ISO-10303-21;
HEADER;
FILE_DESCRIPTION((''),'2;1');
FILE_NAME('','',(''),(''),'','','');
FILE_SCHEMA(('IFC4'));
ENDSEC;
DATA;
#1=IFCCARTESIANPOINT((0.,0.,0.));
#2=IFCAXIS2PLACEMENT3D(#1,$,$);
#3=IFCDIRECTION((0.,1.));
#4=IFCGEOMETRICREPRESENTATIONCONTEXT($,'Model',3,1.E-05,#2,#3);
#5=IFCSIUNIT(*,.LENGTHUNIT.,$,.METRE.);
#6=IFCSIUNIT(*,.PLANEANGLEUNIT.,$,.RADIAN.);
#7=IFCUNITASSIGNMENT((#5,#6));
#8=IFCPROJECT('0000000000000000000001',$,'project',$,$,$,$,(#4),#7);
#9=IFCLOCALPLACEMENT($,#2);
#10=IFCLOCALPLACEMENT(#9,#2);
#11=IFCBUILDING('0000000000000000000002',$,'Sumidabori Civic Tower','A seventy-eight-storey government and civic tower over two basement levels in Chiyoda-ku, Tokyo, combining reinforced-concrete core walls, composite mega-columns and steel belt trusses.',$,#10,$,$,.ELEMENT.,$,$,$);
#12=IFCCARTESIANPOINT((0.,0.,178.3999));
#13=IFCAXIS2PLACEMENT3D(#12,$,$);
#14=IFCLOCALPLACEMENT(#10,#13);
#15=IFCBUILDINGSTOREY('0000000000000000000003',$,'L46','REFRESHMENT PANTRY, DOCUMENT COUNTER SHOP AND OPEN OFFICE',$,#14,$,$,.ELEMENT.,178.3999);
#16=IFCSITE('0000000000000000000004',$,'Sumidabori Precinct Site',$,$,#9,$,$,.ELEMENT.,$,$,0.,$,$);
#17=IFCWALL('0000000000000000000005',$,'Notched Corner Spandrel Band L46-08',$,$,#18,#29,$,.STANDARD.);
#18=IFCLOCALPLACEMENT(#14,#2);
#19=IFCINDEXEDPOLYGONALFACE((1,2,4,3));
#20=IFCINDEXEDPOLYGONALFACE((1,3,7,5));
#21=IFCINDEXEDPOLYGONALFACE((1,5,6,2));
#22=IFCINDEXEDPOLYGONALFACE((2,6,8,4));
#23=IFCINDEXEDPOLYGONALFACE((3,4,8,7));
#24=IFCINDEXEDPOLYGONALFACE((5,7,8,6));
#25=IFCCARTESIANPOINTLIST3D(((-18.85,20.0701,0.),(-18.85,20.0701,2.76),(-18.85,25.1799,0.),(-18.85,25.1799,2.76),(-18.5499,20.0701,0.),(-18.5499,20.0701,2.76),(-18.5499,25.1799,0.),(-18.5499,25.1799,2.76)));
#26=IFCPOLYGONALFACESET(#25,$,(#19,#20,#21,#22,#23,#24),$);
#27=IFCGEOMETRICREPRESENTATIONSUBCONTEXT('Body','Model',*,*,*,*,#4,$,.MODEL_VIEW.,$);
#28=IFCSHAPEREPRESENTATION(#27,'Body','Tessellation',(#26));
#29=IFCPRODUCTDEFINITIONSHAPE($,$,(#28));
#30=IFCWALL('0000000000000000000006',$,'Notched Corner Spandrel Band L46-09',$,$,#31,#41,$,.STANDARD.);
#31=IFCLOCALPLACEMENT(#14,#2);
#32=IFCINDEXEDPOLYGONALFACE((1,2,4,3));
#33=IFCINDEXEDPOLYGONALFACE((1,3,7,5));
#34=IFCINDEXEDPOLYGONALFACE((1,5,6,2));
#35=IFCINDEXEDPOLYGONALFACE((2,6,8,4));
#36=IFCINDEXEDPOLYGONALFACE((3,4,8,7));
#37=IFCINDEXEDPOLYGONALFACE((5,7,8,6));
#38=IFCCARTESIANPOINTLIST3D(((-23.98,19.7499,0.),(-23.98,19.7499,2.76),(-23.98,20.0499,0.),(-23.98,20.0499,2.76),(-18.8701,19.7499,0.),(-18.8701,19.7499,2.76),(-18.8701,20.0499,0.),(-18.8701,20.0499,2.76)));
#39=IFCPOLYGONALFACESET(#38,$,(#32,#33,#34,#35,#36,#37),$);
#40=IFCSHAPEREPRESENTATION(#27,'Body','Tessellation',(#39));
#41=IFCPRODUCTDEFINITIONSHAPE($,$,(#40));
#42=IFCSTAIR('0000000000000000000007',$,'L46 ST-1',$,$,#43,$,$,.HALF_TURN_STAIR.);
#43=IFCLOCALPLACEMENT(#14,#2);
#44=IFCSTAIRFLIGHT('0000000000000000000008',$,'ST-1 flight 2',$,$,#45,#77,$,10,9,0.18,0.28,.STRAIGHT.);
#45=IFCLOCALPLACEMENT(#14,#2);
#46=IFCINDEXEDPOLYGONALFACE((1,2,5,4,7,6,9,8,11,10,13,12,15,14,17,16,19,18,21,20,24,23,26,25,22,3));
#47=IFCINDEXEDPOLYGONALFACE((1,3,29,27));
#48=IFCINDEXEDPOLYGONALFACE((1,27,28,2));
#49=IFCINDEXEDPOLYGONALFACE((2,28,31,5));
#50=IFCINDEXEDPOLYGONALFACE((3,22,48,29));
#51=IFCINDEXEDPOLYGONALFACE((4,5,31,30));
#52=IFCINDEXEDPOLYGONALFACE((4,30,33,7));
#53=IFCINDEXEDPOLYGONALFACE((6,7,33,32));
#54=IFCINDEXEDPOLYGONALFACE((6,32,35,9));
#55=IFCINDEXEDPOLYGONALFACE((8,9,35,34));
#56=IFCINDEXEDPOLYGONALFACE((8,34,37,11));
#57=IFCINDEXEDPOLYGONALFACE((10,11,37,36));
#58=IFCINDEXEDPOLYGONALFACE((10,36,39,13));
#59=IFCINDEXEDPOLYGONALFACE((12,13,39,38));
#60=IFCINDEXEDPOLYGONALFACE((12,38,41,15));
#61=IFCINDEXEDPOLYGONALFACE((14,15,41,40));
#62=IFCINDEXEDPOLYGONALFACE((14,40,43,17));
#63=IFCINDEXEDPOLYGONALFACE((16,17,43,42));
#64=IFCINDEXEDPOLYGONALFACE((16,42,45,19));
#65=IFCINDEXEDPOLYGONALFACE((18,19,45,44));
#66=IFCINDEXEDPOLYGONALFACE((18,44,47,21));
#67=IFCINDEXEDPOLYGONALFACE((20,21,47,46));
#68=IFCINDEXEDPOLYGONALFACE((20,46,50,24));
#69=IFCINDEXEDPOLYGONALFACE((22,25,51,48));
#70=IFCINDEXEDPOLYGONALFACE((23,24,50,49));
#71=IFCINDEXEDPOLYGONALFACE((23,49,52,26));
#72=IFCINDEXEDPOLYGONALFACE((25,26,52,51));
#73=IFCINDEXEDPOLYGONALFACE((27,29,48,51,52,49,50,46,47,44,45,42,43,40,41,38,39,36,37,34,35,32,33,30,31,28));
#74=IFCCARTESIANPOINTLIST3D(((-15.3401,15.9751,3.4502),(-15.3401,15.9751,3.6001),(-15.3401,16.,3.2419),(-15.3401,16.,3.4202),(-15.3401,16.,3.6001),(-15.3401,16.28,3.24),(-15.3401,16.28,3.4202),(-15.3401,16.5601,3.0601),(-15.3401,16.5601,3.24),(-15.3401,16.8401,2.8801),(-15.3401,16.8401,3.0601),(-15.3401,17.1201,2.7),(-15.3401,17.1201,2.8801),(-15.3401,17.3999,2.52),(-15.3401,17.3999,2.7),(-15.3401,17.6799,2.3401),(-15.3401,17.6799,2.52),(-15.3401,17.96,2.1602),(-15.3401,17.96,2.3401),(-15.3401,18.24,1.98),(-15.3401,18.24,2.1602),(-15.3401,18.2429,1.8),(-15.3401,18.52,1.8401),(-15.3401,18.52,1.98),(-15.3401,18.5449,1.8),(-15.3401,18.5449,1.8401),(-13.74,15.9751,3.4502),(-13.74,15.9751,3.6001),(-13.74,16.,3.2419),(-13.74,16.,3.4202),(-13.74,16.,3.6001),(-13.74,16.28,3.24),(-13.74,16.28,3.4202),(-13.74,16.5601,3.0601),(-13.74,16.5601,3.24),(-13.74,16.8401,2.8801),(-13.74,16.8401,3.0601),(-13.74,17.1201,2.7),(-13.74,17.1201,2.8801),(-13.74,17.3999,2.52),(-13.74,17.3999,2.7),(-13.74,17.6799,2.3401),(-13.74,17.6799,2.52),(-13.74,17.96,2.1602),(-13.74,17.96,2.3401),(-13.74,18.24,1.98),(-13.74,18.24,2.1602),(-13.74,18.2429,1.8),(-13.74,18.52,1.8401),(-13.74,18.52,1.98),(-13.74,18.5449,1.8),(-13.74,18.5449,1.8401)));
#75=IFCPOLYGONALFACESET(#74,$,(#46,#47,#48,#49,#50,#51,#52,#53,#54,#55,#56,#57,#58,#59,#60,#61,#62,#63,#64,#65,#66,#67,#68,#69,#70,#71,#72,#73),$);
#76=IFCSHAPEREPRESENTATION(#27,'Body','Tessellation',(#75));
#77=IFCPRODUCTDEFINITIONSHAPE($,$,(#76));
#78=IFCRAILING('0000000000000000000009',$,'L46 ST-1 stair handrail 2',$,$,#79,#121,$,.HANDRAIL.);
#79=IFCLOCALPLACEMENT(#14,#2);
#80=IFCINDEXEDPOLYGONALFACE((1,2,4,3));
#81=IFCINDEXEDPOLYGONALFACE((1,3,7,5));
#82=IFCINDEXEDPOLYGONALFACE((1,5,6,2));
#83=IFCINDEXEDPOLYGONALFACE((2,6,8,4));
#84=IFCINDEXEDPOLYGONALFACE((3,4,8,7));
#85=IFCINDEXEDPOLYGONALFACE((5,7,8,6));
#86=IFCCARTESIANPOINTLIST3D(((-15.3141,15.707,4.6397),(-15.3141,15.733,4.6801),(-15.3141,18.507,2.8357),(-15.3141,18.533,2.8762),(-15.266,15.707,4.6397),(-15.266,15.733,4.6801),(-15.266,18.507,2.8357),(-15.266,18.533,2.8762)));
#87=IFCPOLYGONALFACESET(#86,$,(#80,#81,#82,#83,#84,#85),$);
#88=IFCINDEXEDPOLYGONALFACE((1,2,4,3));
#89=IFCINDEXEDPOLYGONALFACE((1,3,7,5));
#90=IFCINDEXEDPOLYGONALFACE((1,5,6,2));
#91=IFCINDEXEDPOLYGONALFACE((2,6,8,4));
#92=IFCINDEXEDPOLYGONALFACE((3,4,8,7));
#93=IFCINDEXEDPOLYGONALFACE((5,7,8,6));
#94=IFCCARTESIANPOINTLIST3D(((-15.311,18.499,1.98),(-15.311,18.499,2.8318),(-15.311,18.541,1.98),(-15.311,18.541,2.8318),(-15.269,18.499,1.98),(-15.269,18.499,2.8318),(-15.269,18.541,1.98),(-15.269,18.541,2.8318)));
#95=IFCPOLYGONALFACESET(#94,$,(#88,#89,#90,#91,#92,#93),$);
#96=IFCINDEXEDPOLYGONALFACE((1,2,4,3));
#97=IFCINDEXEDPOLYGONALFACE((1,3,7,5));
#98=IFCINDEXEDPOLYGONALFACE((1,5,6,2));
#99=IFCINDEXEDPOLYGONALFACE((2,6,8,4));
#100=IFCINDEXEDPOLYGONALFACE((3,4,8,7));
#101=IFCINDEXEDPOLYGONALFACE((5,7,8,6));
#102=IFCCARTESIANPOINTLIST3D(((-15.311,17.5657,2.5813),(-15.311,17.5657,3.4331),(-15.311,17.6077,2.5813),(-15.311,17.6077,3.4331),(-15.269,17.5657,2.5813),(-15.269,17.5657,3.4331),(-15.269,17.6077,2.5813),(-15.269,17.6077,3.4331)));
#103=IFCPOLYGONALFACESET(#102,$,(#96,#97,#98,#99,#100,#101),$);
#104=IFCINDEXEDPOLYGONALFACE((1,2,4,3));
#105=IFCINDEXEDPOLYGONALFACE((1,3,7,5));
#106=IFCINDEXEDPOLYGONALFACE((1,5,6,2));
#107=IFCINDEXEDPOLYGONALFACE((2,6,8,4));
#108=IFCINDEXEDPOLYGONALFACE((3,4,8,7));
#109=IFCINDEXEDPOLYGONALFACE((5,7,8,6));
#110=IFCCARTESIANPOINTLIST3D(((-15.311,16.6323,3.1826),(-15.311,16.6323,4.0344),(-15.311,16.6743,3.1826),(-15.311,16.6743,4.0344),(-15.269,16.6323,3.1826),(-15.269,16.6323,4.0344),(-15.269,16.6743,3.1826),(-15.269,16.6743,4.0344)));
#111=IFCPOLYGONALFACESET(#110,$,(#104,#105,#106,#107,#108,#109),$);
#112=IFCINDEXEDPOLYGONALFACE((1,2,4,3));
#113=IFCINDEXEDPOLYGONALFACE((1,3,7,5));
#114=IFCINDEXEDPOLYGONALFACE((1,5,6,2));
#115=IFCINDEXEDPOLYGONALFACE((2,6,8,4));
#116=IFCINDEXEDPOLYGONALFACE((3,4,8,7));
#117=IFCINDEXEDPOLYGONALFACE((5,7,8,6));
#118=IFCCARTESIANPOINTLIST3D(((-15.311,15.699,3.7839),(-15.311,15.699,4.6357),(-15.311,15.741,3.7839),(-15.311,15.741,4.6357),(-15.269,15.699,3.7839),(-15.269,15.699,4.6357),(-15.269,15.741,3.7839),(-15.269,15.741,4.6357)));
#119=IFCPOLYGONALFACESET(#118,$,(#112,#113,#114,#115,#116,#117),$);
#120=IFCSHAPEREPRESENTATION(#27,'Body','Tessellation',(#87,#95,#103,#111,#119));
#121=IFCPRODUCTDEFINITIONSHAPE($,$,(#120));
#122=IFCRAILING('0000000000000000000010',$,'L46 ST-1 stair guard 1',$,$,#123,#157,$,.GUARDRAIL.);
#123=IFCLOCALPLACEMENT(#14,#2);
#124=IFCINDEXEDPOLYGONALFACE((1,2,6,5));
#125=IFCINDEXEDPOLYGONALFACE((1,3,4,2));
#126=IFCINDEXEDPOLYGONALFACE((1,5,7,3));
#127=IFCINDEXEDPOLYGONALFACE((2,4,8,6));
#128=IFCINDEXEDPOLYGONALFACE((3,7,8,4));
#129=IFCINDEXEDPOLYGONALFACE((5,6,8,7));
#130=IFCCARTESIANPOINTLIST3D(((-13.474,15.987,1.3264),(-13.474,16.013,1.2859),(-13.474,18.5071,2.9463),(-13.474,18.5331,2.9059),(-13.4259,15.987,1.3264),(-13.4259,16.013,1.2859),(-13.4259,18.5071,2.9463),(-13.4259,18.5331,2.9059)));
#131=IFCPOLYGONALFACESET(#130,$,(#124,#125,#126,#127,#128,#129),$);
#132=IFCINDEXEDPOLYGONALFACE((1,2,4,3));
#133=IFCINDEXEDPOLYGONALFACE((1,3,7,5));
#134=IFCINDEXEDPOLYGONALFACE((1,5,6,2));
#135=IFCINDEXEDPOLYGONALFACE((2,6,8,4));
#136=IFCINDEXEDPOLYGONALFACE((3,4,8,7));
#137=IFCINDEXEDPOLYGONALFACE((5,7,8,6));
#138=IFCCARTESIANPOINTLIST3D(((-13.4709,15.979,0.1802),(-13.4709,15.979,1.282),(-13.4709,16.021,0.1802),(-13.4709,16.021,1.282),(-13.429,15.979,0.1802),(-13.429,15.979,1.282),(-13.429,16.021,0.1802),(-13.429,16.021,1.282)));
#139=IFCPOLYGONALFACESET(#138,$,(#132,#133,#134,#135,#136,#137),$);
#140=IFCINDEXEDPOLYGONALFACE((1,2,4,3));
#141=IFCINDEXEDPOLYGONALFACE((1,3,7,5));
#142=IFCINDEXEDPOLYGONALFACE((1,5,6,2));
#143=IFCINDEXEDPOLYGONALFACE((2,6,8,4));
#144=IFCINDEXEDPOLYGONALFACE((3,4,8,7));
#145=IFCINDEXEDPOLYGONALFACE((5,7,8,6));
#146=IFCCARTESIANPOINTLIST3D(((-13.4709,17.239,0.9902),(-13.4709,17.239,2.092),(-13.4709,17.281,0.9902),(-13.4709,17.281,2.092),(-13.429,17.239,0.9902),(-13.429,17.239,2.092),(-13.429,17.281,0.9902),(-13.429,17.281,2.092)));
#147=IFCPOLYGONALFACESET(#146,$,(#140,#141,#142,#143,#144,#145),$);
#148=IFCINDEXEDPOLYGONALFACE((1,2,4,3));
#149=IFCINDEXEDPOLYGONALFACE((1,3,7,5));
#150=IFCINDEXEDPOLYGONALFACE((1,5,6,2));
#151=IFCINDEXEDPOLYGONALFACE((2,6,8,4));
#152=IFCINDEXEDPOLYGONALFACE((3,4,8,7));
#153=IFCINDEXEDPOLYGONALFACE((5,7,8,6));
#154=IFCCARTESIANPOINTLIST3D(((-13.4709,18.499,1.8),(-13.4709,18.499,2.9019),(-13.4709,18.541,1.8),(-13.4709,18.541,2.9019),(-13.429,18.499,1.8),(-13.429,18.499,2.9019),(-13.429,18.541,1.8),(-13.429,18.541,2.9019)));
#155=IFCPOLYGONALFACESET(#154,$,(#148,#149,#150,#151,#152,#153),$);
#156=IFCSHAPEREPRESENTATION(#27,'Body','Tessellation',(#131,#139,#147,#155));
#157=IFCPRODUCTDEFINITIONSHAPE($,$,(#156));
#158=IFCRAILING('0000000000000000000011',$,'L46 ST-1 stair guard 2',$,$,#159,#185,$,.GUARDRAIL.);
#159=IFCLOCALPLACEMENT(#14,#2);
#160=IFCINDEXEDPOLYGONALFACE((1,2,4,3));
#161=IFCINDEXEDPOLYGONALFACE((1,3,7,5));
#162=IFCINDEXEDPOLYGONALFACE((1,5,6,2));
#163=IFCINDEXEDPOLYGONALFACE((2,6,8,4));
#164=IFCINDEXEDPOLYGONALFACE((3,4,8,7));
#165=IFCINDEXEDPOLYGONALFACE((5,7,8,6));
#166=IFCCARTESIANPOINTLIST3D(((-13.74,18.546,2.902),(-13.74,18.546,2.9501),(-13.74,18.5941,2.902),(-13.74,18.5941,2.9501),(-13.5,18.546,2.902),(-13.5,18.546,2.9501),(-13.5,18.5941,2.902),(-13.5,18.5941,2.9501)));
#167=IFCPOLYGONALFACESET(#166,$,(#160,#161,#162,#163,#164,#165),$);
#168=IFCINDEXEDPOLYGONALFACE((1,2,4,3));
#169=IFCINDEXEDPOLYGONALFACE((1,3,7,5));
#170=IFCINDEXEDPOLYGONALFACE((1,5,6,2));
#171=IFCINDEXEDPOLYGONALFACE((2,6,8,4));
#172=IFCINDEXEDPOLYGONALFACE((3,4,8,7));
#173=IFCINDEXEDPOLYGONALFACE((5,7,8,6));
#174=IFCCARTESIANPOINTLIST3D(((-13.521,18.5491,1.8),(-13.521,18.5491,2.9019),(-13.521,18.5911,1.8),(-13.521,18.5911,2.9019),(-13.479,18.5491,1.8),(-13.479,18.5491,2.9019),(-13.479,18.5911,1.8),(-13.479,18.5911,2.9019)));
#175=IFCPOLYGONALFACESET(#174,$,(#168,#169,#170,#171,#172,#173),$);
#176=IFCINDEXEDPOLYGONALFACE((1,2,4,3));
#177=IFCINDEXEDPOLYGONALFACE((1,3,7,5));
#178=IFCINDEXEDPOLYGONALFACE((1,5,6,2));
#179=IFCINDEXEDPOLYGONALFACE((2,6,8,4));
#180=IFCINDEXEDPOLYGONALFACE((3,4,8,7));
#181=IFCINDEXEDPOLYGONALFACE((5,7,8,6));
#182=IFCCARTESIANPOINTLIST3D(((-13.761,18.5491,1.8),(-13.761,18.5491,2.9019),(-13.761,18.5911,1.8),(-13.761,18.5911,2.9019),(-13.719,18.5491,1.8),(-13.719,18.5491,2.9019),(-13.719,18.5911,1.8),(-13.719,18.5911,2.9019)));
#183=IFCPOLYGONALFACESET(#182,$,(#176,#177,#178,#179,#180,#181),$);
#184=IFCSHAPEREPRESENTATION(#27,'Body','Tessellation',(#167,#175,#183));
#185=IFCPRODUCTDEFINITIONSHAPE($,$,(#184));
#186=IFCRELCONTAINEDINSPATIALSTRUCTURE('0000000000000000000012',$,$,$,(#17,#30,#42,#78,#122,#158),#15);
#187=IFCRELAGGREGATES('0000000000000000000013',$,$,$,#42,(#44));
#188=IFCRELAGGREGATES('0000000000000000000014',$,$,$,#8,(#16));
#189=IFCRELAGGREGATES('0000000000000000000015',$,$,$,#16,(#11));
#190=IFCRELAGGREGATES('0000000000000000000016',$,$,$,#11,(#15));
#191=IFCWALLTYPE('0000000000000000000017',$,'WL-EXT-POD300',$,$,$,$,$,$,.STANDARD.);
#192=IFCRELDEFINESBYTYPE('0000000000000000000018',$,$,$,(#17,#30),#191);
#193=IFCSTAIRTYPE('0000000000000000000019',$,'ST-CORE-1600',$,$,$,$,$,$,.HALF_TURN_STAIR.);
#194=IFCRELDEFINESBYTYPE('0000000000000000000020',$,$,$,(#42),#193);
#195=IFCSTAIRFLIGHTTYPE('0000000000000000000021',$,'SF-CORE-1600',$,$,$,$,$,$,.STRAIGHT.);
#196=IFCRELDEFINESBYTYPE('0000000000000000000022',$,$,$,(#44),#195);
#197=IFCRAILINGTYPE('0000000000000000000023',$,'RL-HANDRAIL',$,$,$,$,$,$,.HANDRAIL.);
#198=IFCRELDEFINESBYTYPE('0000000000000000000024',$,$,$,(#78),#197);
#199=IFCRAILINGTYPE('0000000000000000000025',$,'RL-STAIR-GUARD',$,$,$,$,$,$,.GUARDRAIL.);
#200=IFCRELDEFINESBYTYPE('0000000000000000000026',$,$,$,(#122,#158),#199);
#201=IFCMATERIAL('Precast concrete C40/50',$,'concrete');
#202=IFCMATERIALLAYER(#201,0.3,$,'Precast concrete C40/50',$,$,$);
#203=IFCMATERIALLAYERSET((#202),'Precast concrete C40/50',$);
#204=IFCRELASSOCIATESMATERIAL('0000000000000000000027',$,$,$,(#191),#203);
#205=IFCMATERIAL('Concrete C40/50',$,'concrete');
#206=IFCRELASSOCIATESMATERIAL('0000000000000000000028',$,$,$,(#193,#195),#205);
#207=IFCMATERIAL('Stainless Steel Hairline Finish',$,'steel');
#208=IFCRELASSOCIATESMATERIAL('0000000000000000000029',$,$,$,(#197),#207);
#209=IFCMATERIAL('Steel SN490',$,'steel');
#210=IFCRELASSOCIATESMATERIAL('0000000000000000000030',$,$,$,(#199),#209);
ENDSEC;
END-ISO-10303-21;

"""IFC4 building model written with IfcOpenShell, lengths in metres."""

from ifc_helpers import new_model, si_unit, direction, frame, frame_2d, origin, origin_2d, place, context, subcontext, project, spatial, polyline, rectangle, outline, extrude, source, transform, mapped, material, layer, layer_set, type_object, element, aggregate, save


model = new_model("IFC4")

# Units and contexts
model_context = context("Model", 3, precision=1e-05, world=origin(), true_north=direction((0.0, 1.0)))
body_context = subcontext(model_context, "Body", "Model", "MODEL_VIEW")
ifc_project = project(units=[si_unit("LENGTHUNIT", "METRE"), si_unit("PLANEANGLEUNIT", "RADIAN")], contexts=[model_context])

# Site, building, storey
site_placement = place(None, origin())
site = spatial("IfcSite", under=ifc_project, at=site_placement, Name="Sumidabori Precinct Site", CompositionType="ELEMENT", RefElevation=0.0)
building_placement = place(site_placement, origin())
building = spatial("IfcBuilding", under=site, at=building_placement, Name="Sumidabori Civic Tower", Description="A seventy-eight-storey government and civic tower over two basement levels in Chiyoda-ku, Tokyo, combining reinforced-concrete core walls, composite mega-columns and steel belt trusses.", CompositionType="ELEMENT")
storey_placement = place(building_placement, frame((0.0, 0.0, 178.3999)))
storey = spatial("IfcBuildingStorey", under=building, at=storey_placement, Name="L46", Description="REFRESHMENT PANTRY, DOCUMENT COUNTER SHOP AND OPEN OFFICE", CompositionType="ELEMENT", Elevation=178.3999)

# Shared definitions
ifc_material_1 = material(Name="Steel SN490", Category="steel")

# Walls
ifc_material_2 = material(Name="Precast concrete C40/50", Category="concrete")
ifc_layer_1 = layer(ifc_material_2, 0.3, Name="Precast concrete C40/50")
ifc_layer_set_1 = layer_set([ifc_layer_1], Name="Precast concrete C40/50")
wall_type_1 = type_object("IfcWallType", Name="WL-EXT-POD300", PredefinedType="STANDARD", material=ifc_layer_set_1)
shared_shape_1 = source(origin(), body_context, "Body", "SweptSolid", [
    extrude(rectangle(XDim=5.1099, YDim=0.3, at=frame_2d((2.5549, 0.0))), origin(), (0.0, 0.0, 1.0), 2.76),
])
for number, where, z_axis, x_axis, name in (
    (1, (-18.7, 25.1799, 0.0), (0.0, 0.0, 1.0), (0.0, -1.0, 0.0), "Notched Corner Spandrel Band L46-08"),
    (2, (-18.8701, 19.8999, 0.0), (0.0, 0.0, 1.0), (-1.0, 0.0, 0.0), "Notched Corner Spandrel Band L46-09"),
):
    element("IfcWall", number, at=place(storey_placement, frame(where, z_axis=z_axis, x_axis=x_axis)), inside=storey, type_object=wall_type_1, Name=name, PredefinedType="STANDARD", context=body_context, shape_type="MappedRepresentation", body=[
        mapped(shared_shape_1, transform((0.0, 0.0, 0.0), x_axis=(1.0, 0.0, 0.0), y_axis=(0.0, 1.0, 0.0), z_axis=(0.0, 0.0, 1.0), scale=1.0)),
    ])

# Stair, stair flight
ifc_material_3 = material(Name="Concrete C40/50", Category="concrete")
stair_type = type_object("IfcStairType", Name="ST-CORE-1600", PredefinedType="HALF_TURN_STAIR", material=ifc_material_3)
stair_placement = place(storey_placement, origin())
stair = element("IfcStair", 3, at=stair_placement, inside=storey, type_object=stair_type, Name="L46 ST-1", PredefinedType="HALF_TURN_STAIR")
stair_flight_type = type_object("IfcStairFlightType", Name="SF-CORE-1600", PredefinedType="STRAIGHT", material=ifc_material_3)
shared_shape_2 = source(origin(), body_context, "Body", "SweptSolid", [
    extrude(outline(polyline([(-0.0249, 0.0), (-0.0249, 0.04), (0.0, 0.04), (0.0, 0.1799), (0.28, 0.1799), (0.28, 0.3601), (0.5601, 0.3601), (0.5601, 0.54), (0.8401, 0.54), (0.8401, 0.72), (1.1201, 0.72), (1.1201, 0.8999), (1.3999, 0.8999), (1.3999, 1.0801), (1.6799, 1.0801), (1.6799, 1.26), (1.96, 1.26), (1.96, 1.4399), (2.24, 1.4399), (2.24, 1.6201), (2.52, 1.6201), (2.52, 1.8), (2.5449, 1.8), (2.5449, 1.6501), (2.52, 1.4419), (0.2771, 0.0), (-0.0249, 0.0)])), frame((0.0, 0.8, 0.0), z_axis=(0.0, -1.0, 0.0), x_axis=(1.0, 0.0, 0.0)), (0.0, 0.0, 1.0), 1.6001),
])
stair_flight_placement = place(storey_placement, frame((-14.54, 18.52, 1.8), z_axis=(0.0, 0.0, 1.0), x_axis=(0.0, -1.0, 0.0)))
stair_flight = element("IfcStairFlight", 4, at=stair_flight_placement, type_object=stair_flight_type, Name="ST-1 flight 2", NumberOfRisers=10, NumberOfTreads=9, PredefinedType="STRAIGHT", RiserHeight=0.18, TreadLength=0.28, context=body_context, shape_type="MappedRepresentation", body=[
    mapped(shared_shape_2, transform((0.0, 0.0, 0.0), x_axis=(1.0, 0.0, 0.0), y_axis=(0.0, 1.0, 0.0), z_axis=(0.0, 0.0, 1.0), scale=1.0)),
])
aggregate(stair, [stair_flight])

# Railings
ifc_material_4 = material(Name="Stainless Steel Hairline Finish", Category="steel")
railing_type_1 = type_object("IfcRailingType", Name="RL-HANDRAIL", PredefinedType="HANDRAIL", material=ifc_material_4)
railing_1_placement = place(storey_placement, frame((-15.29, 18.52, 1.98)))
element("IfcRailing", 5, at=railing_1_placement, inside=storey, type_object=railing_type_1, Name="L46 ST-1 stair handrail 2", PredefinedType="HANDRAIL", context=body_context, shape_type="SweptSolid", body=[
    extrude(rectangle(XDim=0.0481, YDim=0.0481, at=origin_2d()), frame((0.0, 0.0, 0.876), z_axis=(0.0, -0.840642, 0.541591), x_axis=(1.0, 0.0, 0.0)), (0.0, 0.0, 1.0), 3.3308),
    extrude(rectangle(XDim=0.042, YDim=0.042, at=origin_2d()), origin(), (0.0, 0.0, 1.0), 0.8518),
    extrude(rectangle(XDim=0.042, YDim=0.042, at=origin_2d()), frame((0.0, -0.9333, 0.6013)), (0.0, 0.0, 1.0), 0.8518),
    extrude(rectangle(XDim=0.042, YDim=0.042, at=origin_2d()), frame((0.0, -1.8667, 1.2026)), (0.0, 0.0, 1.0), 0.8518),
    extrude(rectangle(XDim=0.042, YDim=0.042, at=origin_2d()), frame((0.0, -2.8, 1.804)), (0.0, 0.0, 1.0), 0.8518),
])
railing_type_2 = type_object("IfcRailingType", Name="RL-STAIR-GUARD", PredefinedType="GUARDRAIL", material=ifc_material_1)
railing_2_placement = place(storey_placement, frame((-13.45, 16.0, 0.1802)))
element("IfcRailing", 6, at=railing_2_placement, inside=storey, type_object=railing_type_2, Name="L46 ST-1 stair guard 1", PredefinedType="GUARDRAIL", context=body_context, shape_type="SweptSolid", body=[
    extrude(rectangle(XDim=0.0481, YDim=0.0481, at=origin_2d()), frame((0.0, 0.0, 1.126), z_axis=(0.0, 0.8412, 0.540725), x_axis=(-1.0, 0.0, 0.0)), (0.0, 0.0, 1.0), 2.9958),
    extrude(rectangle(XDim=0.042, YDim=0.042, at=origin_2d()), origin(), (0.0, 0.0, 1.0), 1.1018),
    extrude(rectangle(XDim=0.042, YDim=0.042, at=origin_2d()), frame((0.0, 1.26, 0.8101)), (0.0, 0.0, 1.0), 1.1018),
    extrude(rectangle(XDim=0.042, YDim=0.042, at=origin_2d()), frame((0.0, 2.52, 1.6199)), (0.0, 0.0, 1.0), 1.1018),
])
railing_3_placement = place(storey_placement, frame((-13.5, 18.5701, 1.8)))
element("IfcRailing", 7, at=railing_3_placement, inside=storey, type_object=railing_type_2, Name="L46 ST-1 stair guard 2", PredefinedType="GUARDRAIL", context=body_context, shape_type="SweptSolid", body=[
    extrude(rectangle(XDim=0.0481, YDim=0.0481, at=origin_2d()), frame((0.0, 0.0, 1.126), z_axis=(-1.0, 0.0, 0.0), x_axis=(0.0, -1.0, 0.0)), (0.0, 0.0, 1.0), 0.24),
    extrude(rectangle(XDim=0.042, YDim=0.042, at=origin_2d()), origin(), (0.0, 0.0, 1.0), 1.1018),
    extrude(rectangle(XDim=0.042, YDim=0.042, at=origin_2d()), frame((-0.24, 0.0, 0.0)), (0.0, 0.0, 1.0), 1.1018),
])

save(model, "model.ifc")
